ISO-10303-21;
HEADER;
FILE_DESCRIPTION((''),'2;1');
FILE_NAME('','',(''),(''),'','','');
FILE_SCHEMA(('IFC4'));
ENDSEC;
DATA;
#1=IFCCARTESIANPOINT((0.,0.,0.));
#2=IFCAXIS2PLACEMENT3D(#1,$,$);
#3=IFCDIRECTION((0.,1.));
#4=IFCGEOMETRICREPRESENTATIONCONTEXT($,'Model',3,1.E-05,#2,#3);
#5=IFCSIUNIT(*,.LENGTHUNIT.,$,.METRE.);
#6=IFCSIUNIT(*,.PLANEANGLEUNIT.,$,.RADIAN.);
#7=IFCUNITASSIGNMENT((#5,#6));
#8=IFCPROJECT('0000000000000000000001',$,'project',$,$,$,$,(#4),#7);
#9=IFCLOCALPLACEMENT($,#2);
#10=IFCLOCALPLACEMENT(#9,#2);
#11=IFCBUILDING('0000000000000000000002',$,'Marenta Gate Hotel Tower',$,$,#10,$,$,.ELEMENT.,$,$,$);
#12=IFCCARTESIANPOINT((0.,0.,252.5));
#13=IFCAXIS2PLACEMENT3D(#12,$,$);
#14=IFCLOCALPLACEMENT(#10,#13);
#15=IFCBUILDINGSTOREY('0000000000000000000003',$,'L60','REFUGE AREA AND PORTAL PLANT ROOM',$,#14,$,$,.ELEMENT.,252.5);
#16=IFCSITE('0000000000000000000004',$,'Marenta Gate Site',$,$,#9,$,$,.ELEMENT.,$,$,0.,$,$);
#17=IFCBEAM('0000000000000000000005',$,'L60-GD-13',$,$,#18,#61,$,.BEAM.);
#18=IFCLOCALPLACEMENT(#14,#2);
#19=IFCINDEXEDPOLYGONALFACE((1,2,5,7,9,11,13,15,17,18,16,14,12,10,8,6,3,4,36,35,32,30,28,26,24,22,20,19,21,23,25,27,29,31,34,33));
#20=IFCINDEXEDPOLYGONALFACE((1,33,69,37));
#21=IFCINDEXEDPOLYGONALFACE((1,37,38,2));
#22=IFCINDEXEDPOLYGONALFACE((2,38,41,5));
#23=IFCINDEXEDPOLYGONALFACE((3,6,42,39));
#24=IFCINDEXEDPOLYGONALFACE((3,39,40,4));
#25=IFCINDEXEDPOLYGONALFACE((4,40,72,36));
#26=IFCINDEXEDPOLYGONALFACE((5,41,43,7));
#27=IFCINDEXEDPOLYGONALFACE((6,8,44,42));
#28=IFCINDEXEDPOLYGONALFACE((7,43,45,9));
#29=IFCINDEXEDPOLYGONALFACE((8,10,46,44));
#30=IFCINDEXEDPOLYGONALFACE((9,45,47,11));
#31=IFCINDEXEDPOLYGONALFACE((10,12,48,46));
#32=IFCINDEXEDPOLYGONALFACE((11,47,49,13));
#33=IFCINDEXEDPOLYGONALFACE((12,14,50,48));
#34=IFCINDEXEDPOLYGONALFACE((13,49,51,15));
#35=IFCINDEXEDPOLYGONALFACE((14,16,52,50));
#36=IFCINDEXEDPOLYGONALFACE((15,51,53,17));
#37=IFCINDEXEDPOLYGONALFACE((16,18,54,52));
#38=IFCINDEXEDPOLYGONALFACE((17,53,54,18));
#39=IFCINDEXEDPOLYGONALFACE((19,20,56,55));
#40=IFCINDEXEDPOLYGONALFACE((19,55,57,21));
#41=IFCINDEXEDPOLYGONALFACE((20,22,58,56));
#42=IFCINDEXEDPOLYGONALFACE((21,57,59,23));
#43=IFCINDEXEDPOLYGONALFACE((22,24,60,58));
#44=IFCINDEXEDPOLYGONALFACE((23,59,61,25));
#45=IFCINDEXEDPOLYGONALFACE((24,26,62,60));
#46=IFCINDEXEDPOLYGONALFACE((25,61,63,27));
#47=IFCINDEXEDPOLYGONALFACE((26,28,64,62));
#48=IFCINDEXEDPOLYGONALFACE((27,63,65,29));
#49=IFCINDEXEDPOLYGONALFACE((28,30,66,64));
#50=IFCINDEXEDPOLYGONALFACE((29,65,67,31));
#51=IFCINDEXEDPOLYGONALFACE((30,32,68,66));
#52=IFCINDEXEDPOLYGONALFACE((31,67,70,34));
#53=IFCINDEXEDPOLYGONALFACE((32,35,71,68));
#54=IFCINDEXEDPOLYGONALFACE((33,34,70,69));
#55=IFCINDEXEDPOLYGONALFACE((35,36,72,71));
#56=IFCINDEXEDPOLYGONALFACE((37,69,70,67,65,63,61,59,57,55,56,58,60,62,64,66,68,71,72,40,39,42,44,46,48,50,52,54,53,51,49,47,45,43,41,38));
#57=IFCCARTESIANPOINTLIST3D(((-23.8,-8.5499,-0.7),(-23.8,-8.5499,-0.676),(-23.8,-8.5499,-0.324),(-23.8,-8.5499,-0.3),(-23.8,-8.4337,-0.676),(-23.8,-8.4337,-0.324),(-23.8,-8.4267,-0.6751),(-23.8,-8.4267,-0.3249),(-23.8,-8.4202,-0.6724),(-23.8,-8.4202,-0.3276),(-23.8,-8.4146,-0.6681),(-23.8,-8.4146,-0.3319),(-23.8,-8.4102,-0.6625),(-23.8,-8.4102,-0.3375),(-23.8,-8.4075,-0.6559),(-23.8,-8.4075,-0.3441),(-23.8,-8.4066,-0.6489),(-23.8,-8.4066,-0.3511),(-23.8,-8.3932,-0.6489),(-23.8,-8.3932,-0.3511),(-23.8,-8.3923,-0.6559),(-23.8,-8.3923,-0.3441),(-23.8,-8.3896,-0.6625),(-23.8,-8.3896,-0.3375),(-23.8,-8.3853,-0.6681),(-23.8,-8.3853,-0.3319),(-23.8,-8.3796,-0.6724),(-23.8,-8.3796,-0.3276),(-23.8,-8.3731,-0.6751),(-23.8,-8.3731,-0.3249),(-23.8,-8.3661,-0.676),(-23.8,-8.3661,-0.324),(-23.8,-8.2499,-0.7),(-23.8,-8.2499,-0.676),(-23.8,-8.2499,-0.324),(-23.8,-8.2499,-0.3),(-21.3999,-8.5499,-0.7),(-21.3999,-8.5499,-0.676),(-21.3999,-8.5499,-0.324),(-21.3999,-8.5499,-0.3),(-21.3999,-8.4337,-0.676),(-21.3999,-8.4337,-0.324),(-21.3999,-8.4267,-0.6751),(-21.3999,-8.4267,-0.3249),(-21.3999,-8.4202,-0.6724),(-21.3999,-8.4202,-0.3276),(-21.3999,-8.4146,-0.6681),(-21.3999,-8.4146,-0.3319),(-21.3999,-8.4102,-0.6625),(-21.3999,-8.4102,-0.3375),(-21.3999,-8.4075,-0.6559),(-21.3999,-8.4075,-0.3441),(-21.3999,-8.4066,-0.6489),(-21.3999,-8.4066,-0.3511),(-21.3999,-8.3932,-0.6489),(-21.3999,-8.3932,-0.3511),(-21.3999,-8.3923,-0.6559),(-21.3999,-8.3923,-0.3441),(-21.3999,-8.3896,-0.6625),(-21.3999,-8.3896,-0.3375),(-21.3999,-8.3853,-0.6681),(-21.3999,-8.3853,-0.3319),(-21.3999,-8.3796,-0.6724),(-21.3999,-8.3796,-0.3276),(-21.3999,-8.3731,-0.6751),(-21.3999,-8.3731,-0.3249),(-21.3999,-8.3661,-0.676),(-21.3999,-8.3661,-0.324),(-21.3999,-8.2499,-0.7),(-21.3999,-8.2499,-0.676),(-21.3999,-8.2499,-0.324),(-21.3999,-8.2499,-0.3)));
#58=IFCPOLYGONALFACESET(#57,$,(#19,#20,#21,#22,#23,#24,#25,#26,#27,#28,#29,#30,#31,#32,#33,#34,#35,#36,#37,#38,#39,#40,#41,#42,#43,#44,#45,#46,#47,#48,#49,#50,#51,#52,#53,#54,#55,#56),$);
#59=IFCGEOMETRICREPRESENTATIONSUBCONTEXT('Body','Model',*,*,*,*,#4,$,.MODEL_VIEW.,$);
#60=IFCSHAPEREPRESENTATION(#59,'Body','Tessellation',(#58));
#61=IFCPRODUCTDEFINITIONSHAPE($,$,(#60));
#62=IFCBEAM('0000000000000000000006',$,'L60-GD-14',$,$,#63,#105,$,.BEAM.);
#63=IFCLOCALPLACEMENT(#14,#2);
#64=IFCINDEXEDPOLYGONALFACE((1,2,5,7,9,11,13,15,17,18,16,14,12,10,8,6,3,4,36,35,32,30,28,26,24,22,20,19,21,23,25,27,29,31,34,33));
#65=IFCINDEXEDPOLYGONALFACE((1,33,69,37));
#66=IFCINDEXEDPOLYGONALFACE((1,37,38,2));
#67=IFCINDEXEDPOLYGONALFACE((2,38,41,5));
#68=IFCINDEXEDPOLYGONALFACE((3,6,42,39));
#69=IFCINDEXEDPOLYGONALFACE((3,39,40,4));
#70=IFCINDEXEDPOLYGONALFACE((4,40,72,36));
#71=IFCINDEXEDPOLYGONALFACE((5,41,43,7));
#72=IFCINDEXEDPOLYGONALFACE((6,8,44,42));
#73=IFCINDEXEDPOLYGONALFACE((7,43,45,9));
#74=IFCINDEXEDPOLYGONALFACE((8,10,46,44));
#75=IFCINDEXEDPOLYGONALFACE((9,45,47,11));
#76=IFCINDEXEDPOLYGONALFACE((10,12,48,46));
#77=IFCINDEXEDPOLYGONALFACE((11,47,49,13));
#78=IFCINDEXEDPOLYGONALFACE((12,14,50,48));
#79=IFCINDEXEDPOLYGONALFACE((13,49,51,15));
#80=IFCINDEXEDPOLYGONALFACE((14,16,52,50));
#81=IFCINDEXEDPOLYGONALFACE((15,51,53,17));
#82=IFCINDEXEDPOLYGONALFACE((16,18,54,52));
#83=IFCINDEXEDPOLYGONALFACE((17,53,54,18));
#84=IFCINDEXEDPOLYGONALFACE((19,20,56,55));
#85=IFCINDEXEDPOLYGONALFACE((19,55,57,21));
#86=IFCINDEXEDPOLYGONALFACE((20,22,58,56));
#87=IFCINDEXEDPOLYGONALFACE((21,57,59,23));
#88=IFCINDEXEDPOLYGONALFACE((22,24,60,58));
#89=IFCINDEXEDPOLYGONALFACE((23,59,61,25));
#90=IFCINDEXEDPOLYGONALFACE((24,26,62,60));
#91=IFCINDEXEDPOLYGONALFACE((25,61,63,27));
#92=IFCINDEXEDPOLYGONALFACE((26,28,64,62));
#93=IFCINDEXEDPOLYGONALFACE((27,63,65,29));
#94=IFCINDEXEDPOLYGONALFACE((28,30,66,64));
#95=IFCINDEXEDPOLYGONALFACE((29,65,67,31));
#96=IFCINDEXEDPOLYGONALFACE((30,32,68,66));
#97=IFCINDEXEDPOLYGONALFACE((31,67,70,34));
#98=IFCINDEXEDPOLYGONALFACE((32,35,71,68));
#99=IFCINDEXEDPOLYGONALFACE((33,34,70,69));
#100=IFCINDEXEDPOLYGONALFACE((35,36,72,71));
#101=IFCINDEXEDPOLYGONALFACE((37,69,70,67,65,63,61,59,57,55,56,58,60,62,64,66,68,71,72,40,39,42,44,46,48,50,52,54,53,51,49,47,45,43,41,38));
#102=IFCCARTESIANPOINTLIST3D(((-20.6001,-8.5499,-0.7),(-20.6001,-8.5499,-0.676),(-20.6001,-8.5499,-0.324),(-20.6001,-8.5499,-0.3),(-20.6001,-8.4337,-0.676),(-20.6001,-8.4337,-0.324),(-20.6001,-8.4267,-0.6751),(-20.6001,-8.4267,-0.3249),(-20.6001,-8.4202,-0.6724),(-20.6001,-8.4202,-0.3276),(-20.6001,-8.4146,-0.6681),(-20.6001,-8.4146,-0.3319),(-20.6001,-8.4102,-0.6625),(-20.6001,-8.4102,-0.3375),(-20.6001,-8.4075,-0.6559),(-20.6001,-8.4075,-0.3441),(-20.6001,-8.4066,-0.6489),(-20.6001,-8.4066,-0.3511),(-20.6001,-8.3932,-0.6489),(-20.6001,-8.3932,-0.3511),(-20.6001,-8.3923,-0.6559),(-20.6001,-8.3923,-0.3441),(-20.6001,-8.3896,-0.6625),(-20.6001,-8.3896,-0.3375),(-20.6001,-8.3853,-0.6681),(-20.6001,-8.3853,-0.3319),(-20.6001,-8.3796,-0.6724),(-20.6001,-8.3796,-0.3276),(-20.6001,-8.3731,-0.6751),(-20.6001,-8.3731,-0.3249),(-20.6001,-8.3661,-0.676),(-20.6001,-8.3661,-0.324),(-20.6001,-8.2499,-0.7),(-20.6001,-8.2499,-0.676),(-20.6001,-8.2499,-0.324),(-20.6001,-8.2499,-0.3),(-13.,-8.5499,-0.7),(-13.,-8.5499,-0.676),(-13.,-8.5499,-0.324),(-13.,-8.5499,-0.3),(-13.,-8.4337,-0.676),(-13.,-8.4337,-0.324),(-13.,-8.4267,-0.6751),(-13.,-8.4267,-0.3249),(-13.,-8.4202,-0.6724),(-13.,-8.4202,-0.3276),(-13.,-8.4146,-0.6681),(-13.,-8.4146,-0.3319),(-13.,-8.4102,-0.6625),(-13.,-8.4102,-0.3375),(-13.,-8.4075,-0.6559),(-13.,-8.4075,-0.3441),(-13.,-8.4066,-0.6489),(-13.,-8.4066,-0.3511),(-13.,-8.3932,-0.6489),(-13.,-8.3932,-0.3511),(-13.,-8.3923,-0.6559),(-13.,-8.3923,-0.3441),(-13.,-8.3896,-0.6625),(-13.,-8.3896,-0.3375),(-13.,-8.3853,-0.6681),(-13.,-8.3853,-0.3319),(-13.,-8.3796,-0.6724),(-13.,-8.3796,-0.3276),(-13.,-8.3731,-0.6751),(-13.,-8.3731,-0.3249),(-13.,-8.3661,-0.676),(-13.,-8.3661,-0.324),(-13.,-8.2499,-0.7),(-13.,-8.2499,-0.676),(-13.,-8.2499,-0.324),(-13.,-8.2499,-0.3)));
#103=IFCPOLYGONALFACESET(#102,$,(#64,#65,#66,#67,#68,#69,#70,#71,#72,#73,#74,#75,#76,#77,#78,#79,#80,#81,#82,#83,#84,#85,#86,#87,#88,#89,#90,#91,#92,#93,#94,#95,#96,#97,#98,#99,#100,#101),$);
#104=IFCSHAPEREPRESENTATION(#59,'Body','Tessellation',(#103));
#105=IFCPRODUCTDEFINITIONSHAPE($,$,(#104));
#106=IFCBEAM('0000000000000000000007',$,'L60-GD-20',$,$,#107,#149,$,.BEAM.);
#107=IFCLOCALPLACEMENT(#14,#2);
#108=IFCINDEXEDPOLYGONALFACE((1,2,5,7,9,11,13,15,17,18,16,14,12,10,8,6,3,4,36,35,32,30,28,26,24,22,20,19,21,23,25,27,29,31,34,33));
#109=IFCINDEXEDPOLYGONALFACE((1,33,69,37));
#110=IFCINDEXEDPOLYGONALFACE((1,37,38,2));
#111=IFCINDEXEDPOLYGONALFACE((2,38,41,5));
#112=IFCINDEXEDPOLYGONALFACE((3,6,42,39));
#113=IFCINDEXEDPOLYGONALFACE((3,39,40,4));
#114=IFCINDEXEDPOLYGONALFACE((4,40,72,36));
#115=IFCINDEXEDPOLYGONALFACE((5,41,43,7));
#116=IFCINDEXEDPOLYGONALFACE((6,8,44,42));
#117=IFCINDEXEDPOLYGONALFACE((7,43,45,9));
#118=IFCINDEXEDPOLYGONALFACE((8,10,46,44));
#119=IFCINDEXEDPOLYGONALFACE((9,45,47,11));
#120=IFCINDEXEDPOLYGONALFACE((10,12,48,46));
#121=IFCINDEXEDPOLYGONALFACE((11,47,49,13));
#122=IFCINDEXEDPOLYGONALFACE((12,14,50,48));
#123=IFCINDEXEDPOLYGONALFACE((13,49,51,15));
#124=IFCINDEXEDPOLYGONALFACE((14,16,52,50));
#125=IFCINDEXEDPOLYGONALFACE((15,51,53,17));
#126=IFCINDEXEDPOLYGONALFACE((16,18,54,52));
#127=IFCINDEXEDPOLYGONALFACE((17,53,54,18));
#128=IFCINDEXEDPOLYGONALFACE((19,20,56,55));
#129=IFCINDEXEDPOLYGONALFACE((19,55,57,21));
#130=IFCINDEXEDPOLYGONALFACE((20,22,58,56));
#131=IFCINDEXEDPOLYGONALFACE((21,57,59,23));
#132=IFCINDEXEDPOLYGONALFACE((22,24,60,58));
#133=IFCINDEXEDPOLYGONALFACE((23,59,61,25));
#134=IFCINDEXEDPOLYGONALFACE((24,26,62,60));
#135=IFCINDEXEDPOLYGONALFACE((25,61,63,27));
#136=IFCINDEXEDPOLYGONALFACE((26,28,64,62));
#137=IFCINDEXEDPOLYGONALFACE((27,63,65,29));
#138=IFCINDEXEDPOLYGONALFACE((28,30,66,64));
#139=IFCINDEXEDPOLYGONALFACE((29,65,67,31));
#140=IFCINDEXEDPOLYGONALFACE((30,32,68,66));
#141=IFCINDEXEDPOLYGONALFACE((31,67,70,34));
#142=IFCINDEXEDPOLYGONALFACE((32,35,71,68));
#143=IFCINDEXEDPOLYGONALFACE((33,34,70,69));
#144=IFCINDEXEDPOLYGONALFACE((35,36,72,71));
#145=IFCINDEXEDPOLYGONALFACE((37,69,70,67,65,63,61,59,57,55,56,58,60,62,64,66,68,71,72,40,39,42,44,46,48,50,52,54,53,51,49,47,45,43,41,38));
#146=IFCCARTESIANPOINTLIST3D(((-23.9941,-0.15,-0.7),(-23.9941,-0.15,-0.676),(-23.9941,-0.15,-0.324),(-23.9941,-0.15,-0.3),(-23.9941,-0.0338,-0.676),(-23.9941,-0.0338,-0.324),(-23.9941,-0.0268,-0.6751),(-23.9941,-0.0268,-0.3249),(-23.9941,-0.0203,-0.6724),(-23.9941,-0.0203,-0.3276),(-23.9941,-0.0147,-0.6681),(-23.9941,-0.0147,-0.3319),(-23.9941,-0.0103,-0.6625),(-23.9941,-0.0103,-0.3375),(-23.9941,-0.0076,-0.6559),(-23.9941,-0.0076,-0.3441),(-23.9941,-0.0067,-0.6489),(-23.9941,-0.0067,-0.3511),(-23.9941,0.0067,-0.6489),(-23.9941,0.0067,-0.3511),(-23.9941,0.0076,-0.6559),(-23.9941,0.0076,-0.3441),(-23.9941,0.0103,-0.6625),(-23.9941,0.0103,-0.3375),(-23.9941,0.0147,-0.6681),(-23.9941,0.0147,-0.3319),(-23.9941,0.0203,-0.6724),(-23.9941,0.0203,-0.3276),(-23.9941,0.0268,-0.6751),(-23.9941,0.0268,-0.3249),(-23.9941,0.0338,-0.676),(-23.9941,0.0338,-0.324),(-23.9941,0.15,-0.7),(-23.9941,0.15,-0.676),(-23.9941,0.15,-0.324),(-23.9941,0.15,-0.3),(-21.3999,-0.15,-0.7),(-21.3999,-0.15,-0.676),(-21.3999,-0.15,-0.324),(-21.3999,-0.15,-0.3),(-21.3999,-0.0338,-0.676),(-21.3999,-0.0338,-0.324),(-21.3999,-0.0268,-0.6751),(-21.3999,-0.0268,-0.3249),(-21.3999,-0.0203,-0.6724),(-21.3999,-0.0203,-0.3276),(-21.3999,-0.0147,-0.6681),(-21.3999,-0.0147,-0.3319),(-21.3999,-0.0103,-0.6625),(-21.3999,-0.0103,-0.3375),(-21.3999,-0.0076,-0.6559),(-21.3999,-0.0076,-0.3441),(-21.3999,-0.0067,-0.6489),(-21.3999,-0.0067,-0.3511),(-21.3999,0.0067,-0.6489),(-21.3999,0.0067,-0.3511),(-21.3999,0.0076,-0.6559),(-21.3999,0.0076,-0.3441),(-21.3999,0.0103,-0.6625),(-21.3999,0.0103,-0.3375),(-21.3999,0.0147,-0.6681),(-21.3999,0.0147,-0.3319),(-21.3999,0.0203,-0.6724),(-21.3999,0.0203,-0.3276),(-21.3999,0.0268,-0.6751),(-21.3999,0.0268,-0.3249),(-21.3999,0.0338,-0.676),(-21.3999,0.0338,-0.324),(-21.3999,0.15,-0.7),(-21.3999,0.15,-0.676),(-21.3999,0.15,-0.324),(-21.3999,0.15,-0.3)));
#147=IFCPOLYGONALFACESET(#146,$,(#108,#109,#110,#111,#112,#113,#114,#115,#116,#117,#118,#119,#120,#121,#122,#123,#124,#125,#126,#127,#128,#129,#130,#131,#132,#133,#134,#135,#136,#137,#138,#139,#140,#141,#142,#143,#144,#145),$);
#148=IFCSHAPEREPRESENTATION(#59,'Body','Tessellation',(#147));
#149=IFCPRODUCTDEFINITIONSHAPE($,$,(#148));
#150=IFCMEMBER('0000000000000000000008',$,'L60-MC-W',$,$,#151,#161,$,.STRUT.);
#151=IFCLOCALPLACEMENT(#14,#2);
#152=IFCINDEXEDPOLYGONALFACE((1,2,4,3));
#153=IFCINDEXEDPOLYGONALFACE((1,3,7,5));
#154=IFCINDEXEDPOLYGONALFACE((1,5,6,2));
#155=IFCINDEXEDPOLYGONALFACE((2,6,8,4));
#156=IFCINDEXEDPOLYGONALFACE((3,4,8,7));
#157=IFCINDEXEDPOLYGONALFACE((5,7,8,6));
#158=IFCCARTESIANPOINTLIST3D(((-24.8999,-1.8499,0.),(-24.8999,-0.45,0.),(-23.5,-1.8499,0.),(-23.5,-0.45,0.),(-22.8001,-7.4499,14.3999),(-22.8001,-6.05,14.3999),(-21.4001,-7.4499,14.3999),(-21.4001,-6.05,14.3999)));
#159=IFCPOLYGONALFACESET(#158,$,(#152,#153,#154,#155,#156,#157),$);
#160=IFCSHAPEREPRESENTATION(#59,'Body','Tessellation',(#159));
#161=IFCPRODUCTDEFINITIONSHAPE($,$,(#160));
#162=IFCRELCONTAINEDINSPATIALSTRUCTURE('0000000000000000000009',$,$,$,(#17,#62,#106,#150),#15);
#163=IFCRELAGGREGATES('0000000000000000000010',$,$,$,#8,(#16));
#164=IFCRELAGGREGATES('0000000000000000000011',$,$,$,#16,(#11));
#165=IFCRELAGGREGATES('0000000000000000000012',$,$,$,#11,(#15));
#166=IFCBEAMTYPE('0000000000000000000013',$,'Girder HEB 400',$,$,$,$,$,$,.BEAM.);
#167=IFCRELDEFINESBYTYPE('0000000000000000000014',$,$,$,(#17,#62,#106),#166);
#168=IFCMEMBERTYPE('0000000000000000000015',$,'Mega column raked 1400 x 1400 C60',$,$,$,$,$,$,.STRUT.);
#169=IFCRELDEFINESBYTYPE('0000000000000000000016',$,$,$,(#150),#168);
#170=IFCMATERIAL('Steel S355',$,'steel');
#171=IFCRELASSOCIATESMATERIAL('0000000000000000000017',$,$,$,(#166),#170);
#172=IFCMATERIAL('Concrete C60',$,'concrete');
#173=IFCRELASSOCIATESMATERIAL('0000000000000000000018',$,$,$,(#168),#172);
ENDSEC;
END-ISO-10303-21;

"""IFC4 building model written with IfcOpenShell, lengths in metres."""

from ifc_helpers import new_model, si_unit, direction, frame, origin, origin_2d, place, context, subcontext, project, spatial, rectangle, i_section, extrude, material, material_profile, profile_set, type_object, element, save


model = new_model("IFC4")

# Units and contexts
model_context = context("Model", 3, precision=1e-05, world=origin(), true_north=direction((0.0, 1.0)))
body_context = subcontext(model_context, "Body", "Model", "MODEL_VIEW")
ifc_project = project(units=[si_unit("LENGTHUNIT", "METRE"), si_unit("PLANEANGLEUNIT", "RADIAN")], contexts=[model_context])

# Site, building, storey
site_placement = place(None, origin())
site = spatial("IfcSite", under=ifc_project, at=site_placement, Name="Marenta Gate Site", CompositionType="ELEMENT", RefElevation=0.0)
building_placement = place(site_placement, origin())
building = spatial("IfcBuilding", under=site, at=building_placement, Name="Marenta Gate Hotel Tower", CompositionType="ELEMENT")
storey_placement = place(building_placement, frame((0.0, 0.0, 252.5)))
storey = spatial("IfcBuildingStorey", under=building, at=storey_placement, Name="L60", Description="REFUGE AREA AND PORTAL PLANT ROOM", CompositionType="ELEMENT", Elevation=252.5)

# Beams
ifc_material_1 = material(Name="Steel S355", Category="steel")
ifc_material_profile_1 = material_profile(ifc_material_1, i_section(OverallWidth=0.3, OverallDepth=0.3999, WebThickness=0.0134, FlangeThickness=0.0239, FilletRadius=0.0271, at=origin_2d()), Name="HEB 400")
ifc_profile_set_1 = profile_set([ifc_material_profile_1], Name="Steel S355")
beam_type_1 = type_object("IfcBeamType", Name="Girder HEB 400", PredefinedType="BEAM", material=ifc_profile_set_1)
beam_1_placement = place(storey_placement, frame((-23.8, -8.3999, -0.5), z_axis=(1.0, 0.0, 0.0), x_axis=(0.0, 1.0, 0.0)))
element("IfcBeam", 1, at=beam_1_placement, inside=storey, type_object=beam_type_1, Name="L60-GD-13", PredefinedType="BEAM", context=body_context, shape_type="SweptSolid", body=[
    extrude(i_section(OverallWidth=0.3, OverallDepth=0.3999, WebThickness=0.0134, FlangeThickness=0.0239, FilletRadius=0.0271, at=origin_2d()), origin(), (0.0, 0.0, 1.0), 2.4001),
])
beam_2_placement = place(storey_placement, frame((-20.6001, -8.3999, -0.5), z_axis=(1.0, 0.0, 0.0), x_axis=(0.0, 1.0, 0.0)))
element("IfcBeam", 2, at=beam_2_placement, inside=storey, type_object=beam_type_1, Name="L60-GD-14", PredefinedType="BEAM", context=body_context, shape_type="SweptSolid", body=[
    extrude(i_section(OverallWidth=0.3, OverallDepth=0.3999, WebThickness=0.0134, FlangeThickness=0.0239, FilletRadius=0.0271, at=origin_2d()), origin(), (0.0, 0.0, 1.0), 7.6001),
])
beam_3_placement = place(storey_placement, frame((-23.9941, 0.0, -0.5), z_axis=(1.0, 0.0, 0.0), x_axis=(0.0, 1.0, 0.0)))
element("IfcBeam", 3, at=beam_3_placement, inside=storey, type_object=beam_type_1, Name="L60-GD-20", PredefinedType="BEAM", context=body_context, shape_type="SweptSolid", body=[
    extrude(i_section(OverallWidth=0.3, OverallDepth=0.3999, WebThickness=0.0134, FlangeThickness=0.0239, FilletRadius=0.0271, at=origin_2d()), origin(), (0.0, 0.0, 1.0), 2.5942),
])

# Member
ifc_material_2 = material(Name="Concrete C60", Category="concrete")
ifc_material_profile_2 = material_profile(ifc_material_2, rectangle(XDim=1.3999, YDim=1.3999, at=origin_2d()), Name="1400 x 1400")
ifc_profile_set_2 = profile_set([ifc_material_profile_2], Name="Concrete C60")
member_type_1 = type_object("IfcMemberType", Name="Mega column raked 1400 x 1400 C60", PredefinedType="STRUT", material=ifc_profile_set_2)
member_1_placement = place(storey_placement, frame((-24.2, -1.1499, 0.0), z_axis=(0.0, 0.0, 1.0), x_axis=(1.0, 0.0, 0.0)))
element("IfcMember", 4, at=member_1_placement, inside=storey, type_object=member_type_1, Name="L60-MC-W", PredefinedType="STRUT", context=body_context, shape_type="SweptSolid", body=[
    extrude(rectangle(XDim=1.3999, YDim=1.3999, at=origin_2d()), origin(), (0.13467, -0.359152, 0.923512), 15.5925),
])

save(model, "model.ifc")
